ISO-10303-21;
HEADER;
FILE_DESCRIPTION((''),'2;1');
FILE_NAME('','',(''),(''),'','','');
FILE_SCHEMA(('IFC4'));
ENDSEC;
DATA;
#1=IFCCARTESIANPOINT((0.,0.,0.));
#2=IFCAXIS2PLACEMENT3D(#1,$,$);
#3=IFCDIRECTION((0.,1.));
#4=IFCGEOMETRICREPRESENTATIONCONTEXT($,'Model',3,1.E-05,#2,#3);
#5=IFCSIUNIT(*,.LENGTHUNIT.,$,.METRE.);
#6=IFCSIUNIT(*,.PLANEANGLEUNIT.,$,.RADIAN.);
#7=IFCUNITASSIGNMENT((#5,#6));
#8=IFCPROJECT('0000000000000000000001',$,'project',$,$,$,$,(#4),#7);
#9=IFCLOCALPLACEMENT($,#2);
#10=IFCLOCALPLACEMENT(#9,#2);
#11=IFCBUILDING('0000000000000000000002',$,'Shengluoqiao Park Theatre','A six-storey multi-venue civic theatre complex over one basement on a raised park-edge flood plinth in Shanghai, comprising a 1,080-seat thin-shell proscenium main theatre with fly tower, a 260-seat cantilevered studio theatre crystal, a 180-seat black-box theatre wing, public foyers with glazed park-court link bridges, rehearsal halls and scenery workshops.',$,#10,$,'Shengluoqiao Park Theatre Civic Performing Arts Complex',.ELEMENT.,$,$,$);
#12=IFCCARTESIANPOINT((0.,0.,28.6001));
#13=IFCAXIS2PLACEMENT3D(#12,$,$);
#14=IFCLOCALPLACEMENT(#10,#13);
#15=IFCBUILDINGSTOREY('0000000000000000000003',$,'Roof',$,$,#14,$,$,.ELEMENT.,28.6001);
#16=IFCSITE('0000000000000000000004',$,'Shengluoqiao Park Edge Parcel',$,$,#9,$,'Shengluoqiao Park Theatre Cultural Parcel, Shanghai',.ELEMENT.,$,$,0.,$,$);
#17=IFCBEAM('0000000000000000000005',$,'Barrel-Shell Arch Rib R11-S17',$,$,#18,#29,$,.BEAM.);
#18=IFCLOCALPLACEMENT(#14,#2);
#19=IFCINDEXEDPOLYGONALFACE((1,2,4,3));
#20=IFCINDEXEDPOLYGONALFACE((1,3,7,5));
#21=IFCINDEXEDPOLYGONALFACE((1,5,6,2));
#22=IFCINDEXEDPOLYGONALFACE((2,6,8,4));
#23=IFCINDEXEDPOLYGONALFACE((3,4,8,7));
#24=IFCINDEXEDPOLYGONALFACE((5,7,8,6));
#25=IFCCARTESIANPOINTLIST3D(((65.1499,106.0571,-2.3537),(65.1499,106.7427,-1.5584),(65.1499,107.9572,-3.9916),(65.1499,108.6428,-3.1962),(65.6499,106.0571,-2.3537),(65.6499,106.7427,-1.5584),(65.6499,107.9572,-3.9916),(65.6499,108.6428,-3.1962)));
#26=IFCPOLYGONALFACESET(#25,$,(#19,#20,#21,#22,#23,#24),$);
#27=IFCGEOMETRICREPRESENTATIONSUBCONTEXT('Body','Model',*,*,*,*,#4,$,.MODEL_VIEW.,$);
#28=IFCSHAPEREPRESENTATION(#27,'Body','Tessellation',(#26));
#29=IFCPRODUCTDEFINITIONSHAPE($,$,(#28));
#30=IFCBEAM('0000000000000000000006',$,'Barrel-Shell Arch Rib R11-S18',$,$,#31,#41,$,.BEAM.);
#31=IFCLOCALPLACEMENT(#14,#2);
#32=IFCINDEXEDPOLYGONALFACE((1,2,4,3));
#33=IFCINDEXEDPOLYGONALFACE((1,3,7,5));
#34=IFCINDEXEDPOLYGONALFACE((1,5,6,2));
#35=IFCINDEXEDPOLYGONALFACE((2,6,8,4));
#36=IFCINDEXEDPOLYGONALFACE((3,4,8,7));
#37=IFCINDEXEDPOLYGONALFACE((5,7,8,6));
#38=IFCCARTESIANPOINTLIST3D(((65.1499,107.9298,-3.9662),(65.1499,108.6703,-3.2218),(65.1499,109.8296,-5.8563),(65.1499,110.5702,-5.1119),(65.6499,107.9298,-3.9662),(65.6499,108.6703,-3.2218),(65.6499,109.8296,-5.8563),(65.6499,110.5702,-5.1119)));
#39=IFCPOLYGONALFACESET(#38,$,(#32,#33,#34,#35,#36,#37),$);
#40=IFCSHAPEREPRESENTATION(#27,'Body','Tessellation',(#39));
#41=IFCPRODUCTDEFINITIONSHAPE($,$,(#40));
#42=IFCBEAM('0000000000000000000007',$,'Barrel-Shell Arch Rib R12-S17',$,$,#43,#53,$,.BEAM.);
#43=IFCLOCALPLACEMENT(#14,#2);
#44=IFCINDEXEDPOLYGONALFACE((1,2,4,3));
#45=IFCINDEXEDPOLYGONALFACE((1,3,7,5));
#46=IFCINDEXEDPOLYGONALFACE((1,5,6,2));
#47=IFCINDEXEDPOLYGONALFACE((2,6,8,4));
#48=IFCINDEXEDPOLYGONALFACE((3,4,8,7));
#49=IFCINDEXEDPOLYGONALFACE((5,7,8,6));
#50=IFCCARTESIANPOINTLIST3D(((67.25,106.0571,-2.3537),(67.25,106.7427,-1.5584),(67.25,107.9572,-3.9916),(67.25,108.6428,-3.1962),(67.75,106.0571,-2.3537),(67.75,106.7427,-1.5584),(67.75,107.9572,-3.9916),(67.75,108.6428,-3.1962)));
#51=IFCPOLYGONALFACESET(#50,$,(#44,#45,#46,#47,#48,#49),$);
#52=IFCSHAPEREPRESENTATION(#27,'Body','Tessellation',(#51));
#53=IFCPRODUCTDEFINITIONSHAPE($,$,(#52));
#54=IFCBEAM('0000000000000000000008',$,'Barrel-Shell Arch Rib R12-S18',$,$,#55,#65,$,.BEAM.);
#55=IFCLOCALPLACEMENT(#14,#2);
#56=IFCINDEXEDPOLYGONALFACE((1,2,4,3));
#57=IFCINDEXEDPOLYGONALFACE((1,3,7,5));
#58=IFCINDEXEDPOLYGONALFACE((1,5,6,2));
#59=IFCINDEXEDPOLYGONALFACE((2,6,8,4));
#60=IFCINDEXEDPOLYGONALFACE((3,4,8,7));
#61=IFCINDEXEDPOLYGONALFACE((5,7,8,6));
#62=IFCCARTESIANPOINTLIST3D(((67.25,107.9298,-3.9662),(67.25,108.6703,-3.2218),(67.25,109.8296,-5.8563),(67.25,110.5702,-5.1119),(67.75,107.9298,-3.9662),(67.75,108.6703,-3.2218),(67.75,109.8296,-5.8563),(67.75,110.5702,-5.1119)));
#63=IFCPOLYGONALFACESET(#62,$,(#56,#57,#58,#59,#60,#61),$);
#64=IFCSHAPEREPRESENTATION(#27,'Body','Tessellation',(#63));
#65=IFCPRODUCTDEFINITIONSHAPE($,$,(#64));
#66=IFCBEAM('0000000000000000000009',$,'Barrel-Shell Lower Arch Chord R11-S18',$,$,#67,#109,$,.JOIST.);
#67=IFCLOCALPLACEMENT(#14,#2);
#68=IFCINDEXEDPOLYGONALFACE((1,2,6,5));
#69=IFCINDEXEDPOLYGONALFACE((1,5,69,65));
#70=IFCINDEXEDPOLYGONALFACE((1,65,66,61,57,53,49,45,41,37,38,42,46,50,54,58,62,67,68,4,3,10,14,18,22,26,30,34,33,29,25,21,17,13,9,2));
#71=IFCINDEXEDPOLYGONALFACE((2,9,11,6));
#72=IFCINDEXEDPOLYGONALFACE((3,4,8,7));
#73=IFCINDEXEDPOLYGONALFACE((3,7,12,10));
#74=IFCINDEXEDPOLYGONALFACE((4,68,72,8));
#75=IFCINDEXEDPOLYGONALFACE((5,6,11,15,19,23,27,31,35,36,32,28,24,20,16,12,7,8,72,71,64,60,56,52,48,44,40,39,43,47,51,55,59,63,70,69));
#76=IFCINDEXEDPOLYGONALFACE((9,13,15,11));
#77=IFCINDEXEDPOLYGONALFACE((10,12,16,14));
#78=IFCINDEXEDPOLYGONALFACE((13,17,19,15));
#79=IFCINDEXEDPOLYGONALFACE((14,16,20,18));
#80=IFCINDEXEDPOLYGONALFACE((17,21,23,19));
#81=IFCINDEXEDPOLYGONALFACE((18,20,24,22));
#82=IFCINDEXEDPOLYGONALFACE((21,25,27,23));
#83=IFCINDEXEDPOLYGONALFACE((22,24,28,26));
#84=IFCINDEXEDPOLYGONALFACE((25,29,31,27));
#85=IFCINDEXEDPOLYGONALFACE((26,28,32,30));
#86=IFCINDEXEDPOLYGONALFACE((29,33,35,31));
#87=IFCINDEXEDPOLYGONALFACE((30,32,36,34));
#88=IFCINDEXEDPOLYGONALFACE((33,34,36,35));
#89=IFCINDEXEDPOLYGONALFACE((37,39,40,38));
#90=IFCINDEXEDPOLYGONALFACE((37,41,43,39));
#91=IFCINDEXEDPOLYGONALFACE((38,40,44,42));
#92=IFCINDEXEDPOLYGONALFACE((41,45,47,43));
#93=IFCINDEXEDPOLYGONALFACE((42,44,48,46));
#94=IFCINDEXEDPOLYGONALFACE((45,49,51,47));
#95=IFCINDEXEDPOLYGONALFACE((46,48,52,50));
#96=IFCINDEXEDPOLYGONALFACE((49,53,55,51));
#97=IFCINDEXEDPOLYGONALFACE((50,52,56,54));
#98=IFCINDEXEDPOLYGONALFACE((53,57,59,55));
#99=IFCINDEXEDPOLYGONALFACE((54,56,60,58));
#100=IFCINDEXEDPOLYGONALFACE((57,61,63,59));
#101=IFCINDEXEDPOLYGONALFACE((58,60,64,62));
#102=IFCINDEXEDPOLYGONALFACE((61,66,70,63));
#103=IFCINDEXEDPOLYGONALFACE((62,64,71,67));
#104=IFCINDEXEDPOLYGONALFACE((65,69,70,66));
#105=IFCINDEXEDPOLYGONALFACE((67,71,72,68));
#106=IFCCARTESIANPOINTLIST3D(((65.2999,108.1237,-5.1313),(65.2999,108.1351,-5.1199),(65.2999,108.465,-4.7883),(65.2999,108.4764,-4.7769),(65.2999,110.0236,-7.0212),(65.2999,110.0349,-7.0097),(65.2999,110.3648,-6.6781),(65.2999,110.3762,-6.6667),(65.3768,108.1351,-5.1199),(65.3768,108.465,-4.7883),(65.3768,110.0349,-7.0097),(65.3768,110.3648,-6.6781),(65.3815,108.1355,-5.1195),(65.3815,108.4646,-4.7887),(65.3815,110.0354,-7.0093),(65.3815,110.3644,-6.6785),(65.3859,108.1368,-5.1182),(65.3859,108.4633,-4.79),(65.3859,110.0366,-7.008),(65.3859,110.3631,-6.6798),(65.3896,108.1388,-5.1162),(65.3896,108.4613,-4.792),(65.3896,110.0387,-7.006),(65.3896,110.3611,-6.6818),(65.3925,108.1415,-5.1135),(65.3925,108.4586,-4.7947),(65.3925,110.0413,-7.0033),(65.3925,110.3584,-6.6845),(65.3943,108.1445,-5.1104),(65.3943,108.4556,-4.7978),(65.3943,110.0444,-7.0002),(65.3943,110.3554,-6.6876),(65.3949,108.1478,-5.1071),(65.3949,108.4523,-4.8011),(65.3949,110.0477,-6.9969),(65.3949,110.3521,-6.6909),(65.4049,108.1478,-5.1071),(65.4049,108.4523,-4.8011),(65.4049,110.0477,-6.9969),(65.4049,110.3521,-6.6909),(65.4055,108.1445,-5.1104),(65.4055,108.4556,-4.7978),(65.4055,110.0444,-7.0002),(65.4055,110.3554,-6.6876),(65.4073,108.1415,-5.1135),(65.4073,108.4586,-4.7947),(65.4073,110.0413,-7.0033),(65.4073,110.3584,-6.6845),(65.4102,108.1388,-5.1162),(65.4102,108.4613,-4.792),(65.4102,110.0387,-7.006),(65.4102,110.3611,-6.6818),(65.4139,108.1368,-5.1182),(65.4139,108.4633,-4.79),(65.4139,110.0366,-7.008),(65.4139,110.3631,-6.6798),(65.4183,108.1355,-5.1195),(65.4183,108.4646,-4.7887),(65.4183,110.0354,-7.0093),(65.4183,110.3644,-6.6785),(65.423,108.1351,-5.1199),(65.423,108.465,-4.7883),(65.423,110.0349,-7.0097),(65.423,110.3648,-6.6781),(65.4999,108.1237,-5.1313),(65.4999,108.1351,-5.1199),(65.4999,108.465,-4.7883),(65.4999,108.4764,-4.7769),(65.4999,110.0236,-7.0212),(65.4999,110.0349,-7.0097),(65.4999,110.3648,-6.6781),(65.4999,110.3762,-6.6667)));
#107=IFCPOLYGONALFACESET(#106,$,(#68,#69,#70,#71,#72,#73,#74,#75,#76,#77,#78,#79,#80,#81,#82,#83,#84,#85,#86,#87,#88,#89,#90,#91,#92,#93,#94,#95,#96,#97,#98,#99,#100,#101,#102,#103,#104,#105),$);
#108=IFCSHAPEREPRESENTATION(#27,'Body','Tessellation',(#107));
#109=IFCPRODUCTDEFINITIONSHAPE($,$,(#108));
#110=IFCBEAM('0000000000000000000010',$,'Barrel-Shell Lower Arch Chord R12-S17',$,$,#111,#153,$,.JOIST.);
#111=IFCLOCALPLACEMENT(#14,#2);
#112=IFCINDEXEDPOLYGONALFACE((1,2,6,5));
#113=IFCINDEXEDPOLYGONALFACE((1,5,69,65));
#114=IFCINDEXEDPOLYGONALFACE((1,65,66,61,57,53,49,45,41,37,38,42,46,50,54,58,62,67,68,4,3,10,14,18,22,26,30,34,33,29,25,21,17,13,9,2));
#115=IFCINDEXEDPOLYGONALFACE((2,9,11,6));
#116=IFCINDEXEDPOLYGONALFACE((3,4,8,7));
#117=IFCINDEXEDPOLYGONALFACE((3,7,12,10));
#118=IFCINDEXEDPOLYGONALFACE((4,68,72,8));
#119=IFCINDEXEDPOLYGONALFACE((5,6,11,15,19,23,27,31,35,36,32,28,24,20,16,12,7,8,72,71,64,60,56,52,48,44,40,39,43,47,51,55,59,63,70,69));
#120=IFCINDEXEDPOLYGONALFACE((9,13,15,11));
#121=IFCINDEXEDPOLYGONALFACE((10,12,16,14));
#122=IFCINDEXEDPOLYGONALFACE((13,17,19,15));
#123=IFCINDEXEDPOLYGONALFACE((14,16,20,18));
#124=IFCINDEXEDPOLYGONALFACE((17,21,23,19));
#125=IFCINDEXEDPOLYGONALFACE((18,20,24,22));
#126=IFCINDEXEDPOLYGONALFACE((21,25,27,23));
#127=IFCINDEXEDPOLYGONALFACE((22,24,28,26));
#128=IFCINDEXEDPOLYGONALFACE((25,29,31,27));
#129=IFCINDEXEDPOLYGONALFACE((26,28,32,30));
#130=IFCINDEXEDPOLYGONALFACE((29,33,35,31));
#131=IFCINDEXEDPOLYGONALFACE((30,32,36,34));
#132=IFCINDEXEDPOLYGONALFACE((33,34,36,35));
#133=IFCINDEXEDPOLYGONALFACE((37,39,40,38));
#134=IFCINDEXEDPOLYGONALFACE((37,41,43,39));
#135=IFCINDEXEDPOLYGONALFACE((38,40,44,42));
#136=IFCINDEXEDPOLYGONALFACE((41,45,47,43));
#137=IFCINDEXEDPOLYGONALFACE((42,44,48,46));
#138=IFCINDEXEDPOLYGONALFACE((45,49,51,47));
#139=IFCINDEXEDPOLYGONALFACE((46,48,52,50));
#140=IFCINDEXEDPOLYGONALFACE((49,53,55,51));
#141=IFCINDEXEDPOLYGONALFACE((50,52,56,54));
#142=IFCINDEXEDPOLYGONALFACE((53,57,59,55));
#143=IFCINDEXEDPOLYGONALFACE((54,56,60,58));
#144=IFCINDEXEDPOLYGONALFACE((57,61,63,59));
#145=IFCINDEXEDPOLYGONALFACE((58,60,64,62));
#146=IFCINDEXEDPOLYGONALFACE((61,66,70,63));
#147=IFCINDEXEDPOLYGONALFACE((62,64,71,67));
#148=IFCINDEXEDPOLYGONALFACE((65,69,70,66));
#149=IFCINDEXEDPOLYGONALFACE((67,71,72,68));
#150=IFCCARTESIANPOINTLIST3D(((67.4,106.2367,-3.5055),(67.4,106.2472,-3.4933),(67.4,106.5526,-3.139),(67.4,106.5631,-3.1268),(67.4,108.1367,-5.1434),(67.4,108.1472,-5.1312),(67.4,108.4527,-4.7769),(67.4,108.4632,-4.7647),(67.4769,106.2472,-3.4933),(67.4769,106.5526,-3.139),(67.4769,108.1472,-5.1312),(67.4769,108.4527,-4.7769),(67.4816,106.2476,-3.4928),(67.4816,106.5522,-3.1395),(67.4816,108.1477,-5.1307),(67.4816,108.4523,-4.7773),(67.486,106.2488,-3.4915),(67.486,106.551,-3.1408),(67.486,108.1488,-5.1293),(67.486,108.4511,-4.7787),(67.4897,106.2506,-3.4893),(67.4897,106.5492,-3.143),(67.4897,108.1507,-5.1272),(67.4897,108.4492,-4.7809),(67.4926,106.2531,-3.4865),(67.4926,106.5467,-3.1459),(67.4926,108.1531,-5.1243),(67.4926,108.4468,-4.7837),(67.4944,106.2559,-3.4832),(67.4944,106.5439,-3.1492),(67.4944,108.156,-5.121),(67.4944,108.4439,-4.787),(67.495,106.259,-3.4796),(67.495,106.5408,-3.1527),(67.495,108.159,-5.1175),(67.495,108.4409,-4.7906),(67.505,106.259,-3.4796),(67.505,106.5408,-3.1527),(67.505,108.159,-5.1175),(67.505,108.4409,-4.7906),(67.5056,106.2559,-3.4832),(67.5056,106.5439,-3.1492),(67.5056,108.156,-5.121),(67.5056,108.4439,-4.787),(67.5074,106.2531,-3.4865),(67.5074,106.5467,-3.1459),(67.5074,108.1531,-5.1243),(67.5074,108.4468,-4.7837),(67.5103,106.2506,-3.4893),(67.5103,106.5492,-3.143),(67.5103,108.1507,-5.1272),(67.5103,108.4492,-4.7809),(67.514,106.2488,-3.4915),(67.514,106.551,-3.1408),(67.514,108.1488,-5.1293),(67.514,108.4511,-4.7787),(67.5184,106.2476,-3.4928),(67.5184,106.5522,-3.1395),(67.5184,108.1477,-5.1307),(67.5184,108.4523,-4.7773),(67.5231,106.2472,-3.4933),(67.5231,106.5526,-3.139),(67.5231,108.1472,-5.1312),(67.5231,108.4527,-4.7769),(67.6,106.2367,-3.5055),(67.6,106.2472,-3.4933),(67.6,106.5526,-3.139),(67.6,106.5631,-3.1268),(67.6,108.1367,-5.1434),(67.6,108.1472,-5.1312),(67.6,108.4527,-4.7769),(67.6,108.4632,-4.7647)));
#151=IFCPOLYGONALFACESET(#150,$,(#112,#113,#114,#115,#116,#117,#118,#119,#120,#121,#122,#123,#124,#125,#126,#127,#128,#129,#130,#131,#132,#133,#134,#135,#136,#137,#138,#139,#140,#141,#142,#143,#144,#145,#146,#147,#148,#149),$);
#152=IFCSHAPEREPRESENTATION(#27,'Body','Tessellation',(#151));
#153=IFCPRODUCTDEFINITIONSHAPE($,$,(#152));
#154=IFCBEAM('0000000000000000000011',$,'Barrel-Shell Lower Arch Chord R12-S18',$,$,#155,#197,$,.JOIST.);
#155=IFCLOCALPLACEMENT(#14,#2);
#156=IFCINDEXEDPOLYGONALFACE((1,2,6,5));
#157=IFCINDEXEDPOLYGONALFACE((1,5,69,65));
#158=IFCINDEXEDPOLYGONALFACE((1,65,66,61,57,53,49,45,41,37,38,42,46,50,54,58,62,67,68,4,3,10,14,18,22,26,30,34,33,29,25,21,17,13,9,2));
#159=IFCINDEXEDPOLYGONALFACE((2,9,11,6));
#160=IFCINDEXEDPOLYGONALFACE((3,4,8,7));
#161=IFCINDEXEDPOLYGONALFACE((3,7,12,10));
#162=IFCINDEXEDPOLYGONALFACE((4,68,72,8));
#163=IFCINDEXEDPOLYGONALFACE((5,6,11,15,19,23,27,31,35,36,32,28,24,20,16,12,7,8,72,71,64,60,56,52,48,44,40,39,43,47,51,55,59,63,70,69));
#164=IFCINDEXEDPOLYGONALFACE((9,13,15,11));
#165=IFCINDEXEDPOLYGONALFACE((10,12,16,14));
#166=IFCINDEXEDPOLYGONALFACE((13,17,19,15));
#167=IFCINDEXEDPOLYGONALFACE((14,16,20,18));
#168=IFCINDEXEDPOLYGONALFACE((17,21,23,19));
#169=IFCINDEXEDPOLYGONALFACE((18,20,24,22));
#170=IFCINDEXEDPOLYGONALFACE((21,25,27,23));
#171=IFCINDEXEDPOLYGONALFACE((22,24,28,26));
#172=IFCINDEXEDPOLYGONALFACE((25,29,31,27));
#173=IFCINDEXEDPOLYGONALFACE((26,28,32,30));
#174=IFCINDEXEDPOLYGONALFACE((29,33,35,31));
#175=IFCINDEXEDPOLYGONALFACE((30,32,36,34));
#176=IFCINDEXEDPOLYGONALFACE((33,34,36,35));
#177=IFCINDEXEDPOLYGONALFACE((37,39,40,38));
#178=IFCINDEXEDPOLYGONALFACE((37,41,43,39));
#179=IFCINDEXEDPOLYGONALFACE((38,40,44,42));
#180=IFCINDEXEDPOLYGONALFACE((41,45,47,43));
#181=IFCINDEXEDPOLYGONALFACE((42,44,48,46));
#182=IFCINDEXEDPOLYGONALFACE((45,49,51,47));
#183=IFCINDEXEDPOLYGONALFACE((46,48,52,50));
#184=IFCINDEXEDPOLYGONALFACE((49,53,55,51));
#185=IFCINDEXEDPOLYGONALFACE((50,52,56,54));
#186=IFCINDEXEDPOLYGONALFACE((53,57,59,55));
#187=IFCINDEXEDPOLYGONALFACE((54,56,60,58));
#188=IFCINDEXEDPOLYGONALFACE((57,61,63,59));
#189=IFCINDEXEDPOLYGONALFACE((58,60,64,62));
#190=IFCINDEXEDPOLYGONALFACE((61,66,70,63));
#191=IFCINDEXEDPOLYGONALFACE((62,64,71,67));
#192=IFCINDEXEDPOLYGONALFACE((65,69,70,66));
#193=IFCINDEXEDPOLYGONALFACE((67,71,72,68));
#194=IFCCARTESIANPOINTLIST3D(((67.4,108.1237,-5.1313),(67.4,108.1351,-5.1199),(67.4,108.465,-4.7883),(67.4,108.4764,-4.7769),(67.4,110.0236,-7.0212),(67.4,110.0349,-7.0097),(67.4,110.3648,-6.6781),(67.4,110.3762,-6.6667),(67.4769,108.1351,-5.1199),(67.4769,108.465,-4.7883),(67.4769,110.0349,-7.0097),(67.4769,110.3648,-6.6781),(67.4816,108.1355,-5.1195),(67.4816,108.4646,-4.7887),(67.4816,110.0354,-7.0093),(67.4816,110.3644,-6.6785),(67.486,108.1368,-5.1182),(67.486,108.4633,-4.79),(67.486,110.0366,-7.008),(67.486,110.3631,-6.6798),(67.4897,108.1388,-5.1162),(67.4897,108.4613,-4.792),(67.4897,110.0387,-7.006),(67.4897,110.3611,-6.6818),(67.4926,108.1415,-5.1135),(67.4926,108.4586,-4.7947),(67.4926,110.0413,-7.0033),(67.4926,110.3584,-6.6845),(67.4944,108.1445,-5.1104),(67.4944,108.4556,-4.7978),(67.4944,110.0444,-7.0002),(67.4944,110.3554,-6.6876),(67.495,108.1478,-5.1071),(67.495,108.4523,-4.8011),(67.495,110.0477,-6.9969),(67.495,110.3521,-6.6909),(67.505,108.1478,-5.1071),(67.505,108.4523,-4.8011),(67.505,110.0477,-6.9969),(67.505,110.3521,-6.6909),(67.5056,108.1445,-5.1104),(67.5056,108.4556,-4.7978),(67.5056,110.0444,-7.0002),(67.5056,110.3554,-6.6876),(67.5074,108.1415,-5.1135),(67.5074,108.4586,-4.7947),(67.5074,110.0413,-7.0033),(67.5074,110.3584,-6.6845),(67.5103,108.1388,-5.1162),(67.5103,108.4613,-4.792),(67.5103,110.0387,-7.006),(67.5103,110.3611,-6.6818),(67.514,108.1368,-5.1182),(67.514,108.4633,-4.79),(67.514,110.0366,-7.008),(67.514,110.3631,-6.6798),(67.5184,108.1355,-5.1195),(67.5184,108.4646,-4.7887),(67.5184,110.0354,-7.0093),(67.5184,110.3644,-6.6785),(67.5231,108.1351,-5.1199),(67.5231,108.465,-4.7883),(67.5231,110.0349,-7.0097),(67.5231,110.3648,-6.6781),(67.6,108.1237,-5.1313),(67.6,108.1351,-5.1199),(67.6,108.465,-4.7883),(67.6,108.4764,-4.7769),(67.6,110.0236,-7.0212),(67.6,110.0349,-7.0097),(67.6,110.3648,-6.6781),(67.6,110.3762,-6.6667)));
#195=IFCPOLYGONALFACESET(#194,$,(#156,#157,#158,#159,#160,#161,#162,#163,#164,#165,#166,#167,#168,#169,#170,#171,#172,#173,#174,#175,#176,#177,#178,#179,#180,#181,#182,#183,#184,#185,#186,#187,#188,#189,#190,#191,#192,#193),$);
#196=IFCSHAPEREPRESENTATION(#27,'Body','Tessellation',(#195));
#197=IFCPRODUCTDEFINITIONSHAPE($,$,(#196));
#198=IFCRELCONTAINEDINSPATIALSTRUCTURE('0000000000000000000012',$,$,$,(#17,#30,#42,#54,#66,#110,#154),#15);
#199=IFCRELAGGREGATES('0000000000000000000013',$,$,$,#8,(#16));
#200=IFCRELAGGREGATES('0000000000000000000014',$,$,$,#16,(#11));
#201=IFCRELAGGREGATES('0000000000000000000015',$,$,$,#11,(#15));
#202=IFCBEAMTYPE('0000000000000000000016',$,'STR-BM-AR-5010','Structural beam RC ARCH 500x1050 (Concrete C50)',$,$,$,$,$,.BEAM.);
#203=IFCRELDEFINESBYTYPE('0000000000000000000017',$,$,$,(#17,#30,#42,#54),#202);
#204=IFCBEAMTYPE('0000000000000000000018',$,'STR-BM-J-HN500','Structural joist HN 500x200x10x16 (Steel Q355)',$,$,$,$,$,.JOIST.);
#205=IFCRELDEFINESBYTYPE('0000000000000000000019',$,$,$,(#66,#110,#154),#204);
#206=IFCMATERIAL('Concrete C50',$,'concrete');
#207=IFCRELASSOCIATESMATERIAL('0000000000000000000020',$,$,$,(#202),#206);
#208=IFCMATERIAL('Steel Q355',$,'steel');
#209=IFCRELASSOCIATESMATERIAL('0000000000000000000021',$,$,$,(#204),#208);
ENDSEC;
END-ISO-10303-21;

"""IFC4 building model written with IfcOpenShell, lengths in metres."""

from ifc_helpers import new_model, si_unit, direction, frame, origin, origin_2d, place, context, subcontext, project, spatial, rectangle, i_section, extrude, material, material_profile, profile_set, type_object, element, save


model = new_model("IFC4")

# Units and contexts
model_context = context("Model", 3, precision=1e-05, world=origin(), true_north=direction((0.0, 1.0)))
body_context = subcontext(model_context, "Body", "Model", "MODEL_VIEW")
ifc_project = project(units=[si_unit("LENGTHUNIT", "METRE"), si_unit("PLANEANGLEUNIT", "RADIAN")], contexts=[model_context])

# Site, building, storey
site_placement = place(None, origin())
site = spatial("IfcSite", under=ifc_project, at=site_placement, Name="Shengluoqiao Park Edge Parcel", LongName="Shengluoqiao Park Theatre Cultural Parcel, Shanghai", CompositionType="ELEMENT", RefElevation=0.0)
building_placement = place(site_placement, origin())
building = spatial("IfcBuilding", under=site, at=building_placement, Name="Shengluoqiao Park Theatre", Description="A six-storey multi-venue civic theatre complex over one basement on a raised park-edge flood plinth in Shanghai, comprising a 1,080-seat thin-shell proscenium main theatre with fly tower, a 260-seat cantilevered studio theatre crystal, a 180-seat black-box theatre wing, public foyers with glazed park-court link bridges, rehearsal halls and scenery workshops.", LongName="Shengluoqiao Park Theatre Civic Performing Arts Complex", CompositionType="ELEMENT")
storey_placement = place(building_placement, frame((0.0, 0.0, 28.6001)))
storey = spatial("IfcBuildingStorey", under=building, at=storey_placement, Name="Roof", CompositionType="ELEMENT", Elevation=28.6001)

# Beams
ifc_material_1 = material(Name="Concrete C50", Category="concrete")
ifc_material_profile_1 = material_profile(ifc_material_1, rectangle(XDim=0.5, YDim=1.05, at=origin_2d()), Name="RC ARCH 500x1050")
ifc_profile_set_1 = profile_set([ifc_material_profile_1], Name="Concrete C50")
beam_type_1 = type_object("IfcBeamType", Name="STR-BM-AR-5010", Description="Structural beam RC ARCH 500x1050 (Concrete C50)", PredefinedType="BEAM", material=ifc_profile_set_1)
beam_1_placement = place(storey_placement, frame((65.3999, 106.3999, -1.9561), z_axis=(0.0, 0.757433, -0.652913), x_axis=(-1.0, 0.0, 0.0)))
element("IfcBeam", 1, at=beam_1_placement, inside=storey, type_object=beam_type_1, Name="Barrel-Shell Arch Rib R11-S17", PredefinedType="BEAM", context=body_context, shape_type="SweptSolid", body=[
    extrude(rectangle(XDim=0.5, YDim=1.05, at=origin_2d()), origin(), (0.0, 0.0, 1.0), 2.5085),
])
beam_2_placement = place(storey_placement, frame((65.3999, 108.3, -3.594), z_axis=(0.0, 0.708926, -0.705282), x_axis=(-1.0, 0.0, 0.0)))
element("IfcBeam", 2, at=beam_2_placement, inside=storey, type_object=beam_type_1, Name="Barrel-Shell Arch Rib R11-S18", PredefinedType="BEAM", context=body_context, shape_type="SweptSolid", body=[
    extrude(rectangle(XDim=0.5, YDim=1.05, at=origin_2d()), origin(), (0.0, 0.0, 1.0), 2.6799),
])
beam_3_placement = place(storey_placement, frame((67.5, 106.3999, -1.9561), z_axis=(0.0, 0.757433, -0.652913), x_axis=(-1.0, 0.0, 0.0)))
element("IfcBeam", 3, at=beam_3_placement, inside=storey, type_object=beam_type_1, Name="Barrel-Shell Arch Rib R12-S17", PredefinedType="BEAM", context=body_context, shape_type="SweptSolid", body=[
    extrude(rectangle(XDim=0.5, YDim=1.05, at=origin_2d()), origin(), (0.0, 0.0, 1.0), 2.5085),
])
beam_4_placement = place(storey_placement, frame((67.5, 108.3, -3.594), z_axis=(0.0, 0.708926, -0.705282), x_axis=(-1.0, 0.0, 0.0)))
element("IfcBeam", 4, at=beam_4_placement, inside=storey, type_object=beam_type_1, Name="Barrel-Shell Arch Rib R12-S18", PredefinedType="BEAM", context=body_context, shape_type="SweptSolid", body=[
    extrude(rectangle(XDim=0.5, YDim=1.05, at=origin_2d()), origin(), (0.0, 0.0, 1.0), 2.6799),
])
ifc_material_2 = material(Name="Steel Q355", Category="steel")
ifc_material_profile_2 = material_profile(ifc_material_2, i_section(OverallWidth=0.2, OverallDepth=0.5, WebThickness=0.01, FlangeThickness=0.0161, FilletRadius=0.0181, at=origin_2d()), Name="HN 500x200x10x16")
ifc_profile_set_2 = profile_set([ifc_material_profile_2], Name="Steel Q355")
beam_type_2 = type_object("IfcBeamType", Name="STR-BM-J-HN500", Description="Structural joist HN 500x200x10x16 (Steel Q355)", PredefinedType="JOIST", material=ifc_profile_set_2)
beam_5_placement = place(storey_placement, frame((65.3999, 108.3, -4.9541), z_axis=(0.0, 0.708972, -0.705237), x_axis=(-1.0, 0.0, 0.0)))
element("IfcBeam", 5, at=beam_5_placement, inside=storey, type_object=beam_type_2, Name="Barrel-Shell Lower Arch Chord R11-S18", PredefinedType="JOIST", context=body_context, shape_type="SweptSolid", body=[
    extrude(i_section(OverallWidth=0.2, OverallDepth=0.5, WebThickness=0.01, FlangeThickness=0.0161, FilletRadius=0.0181, at=origin_2d()), origin(), (0.0, 0.0, 1.0), 2.6797),
])
beam_6_placement = place(storey_placement, frame((67.5, 106.3999, -3.3162), z_axis=(0.0, 0.757433, -0.652913), x_axis=(-1.0, 0.0, 0.0)))
element("IfcBeam", 6, at=beam_6_placement, inside=storey, type_object=beam_type_2, Name="Barrel-Shell Lower Arch Chord R12-S17", PredefinedType="JOIST", context=body_context, shape_type="SweptSolid", body=[
    extrude(i_section(OverallWidth=0.2, OverallDepth=0.5, WebThickness=0.01, FlangeThickness=0.0161, FilletRadius=0.0181, at=origin_2d()), origin(), (0.0, 0.0, 1.0), 2.5085),
])
beam_7_placement = place(storey_placement, frame((67.5, 108.3, -4.9541), z_axis=(0.0, 0.708972, -0.705237), x_axis=(-1.0, 0.0, 0.0)))
element("IfcBeam", 7, at=beam_7_placement, inside=storey, type_object=beam_type_2, Name="Barrel-Shell Lower Arch Chord R12-S18", PredefinedType="JOIST", context=body_context, shape_type="SweptSolid", body=[
    extrude(i_section(OverallWidth=0.2, OverallDepth=0.5, WebThickness=0.01, FlangeThickness=0.0161, FilletRadius=0.0181, at=origin_2d()), origin(), (0.0, 0.0, 1.0), 2.6797),
])

save(model, "model.ifc")
